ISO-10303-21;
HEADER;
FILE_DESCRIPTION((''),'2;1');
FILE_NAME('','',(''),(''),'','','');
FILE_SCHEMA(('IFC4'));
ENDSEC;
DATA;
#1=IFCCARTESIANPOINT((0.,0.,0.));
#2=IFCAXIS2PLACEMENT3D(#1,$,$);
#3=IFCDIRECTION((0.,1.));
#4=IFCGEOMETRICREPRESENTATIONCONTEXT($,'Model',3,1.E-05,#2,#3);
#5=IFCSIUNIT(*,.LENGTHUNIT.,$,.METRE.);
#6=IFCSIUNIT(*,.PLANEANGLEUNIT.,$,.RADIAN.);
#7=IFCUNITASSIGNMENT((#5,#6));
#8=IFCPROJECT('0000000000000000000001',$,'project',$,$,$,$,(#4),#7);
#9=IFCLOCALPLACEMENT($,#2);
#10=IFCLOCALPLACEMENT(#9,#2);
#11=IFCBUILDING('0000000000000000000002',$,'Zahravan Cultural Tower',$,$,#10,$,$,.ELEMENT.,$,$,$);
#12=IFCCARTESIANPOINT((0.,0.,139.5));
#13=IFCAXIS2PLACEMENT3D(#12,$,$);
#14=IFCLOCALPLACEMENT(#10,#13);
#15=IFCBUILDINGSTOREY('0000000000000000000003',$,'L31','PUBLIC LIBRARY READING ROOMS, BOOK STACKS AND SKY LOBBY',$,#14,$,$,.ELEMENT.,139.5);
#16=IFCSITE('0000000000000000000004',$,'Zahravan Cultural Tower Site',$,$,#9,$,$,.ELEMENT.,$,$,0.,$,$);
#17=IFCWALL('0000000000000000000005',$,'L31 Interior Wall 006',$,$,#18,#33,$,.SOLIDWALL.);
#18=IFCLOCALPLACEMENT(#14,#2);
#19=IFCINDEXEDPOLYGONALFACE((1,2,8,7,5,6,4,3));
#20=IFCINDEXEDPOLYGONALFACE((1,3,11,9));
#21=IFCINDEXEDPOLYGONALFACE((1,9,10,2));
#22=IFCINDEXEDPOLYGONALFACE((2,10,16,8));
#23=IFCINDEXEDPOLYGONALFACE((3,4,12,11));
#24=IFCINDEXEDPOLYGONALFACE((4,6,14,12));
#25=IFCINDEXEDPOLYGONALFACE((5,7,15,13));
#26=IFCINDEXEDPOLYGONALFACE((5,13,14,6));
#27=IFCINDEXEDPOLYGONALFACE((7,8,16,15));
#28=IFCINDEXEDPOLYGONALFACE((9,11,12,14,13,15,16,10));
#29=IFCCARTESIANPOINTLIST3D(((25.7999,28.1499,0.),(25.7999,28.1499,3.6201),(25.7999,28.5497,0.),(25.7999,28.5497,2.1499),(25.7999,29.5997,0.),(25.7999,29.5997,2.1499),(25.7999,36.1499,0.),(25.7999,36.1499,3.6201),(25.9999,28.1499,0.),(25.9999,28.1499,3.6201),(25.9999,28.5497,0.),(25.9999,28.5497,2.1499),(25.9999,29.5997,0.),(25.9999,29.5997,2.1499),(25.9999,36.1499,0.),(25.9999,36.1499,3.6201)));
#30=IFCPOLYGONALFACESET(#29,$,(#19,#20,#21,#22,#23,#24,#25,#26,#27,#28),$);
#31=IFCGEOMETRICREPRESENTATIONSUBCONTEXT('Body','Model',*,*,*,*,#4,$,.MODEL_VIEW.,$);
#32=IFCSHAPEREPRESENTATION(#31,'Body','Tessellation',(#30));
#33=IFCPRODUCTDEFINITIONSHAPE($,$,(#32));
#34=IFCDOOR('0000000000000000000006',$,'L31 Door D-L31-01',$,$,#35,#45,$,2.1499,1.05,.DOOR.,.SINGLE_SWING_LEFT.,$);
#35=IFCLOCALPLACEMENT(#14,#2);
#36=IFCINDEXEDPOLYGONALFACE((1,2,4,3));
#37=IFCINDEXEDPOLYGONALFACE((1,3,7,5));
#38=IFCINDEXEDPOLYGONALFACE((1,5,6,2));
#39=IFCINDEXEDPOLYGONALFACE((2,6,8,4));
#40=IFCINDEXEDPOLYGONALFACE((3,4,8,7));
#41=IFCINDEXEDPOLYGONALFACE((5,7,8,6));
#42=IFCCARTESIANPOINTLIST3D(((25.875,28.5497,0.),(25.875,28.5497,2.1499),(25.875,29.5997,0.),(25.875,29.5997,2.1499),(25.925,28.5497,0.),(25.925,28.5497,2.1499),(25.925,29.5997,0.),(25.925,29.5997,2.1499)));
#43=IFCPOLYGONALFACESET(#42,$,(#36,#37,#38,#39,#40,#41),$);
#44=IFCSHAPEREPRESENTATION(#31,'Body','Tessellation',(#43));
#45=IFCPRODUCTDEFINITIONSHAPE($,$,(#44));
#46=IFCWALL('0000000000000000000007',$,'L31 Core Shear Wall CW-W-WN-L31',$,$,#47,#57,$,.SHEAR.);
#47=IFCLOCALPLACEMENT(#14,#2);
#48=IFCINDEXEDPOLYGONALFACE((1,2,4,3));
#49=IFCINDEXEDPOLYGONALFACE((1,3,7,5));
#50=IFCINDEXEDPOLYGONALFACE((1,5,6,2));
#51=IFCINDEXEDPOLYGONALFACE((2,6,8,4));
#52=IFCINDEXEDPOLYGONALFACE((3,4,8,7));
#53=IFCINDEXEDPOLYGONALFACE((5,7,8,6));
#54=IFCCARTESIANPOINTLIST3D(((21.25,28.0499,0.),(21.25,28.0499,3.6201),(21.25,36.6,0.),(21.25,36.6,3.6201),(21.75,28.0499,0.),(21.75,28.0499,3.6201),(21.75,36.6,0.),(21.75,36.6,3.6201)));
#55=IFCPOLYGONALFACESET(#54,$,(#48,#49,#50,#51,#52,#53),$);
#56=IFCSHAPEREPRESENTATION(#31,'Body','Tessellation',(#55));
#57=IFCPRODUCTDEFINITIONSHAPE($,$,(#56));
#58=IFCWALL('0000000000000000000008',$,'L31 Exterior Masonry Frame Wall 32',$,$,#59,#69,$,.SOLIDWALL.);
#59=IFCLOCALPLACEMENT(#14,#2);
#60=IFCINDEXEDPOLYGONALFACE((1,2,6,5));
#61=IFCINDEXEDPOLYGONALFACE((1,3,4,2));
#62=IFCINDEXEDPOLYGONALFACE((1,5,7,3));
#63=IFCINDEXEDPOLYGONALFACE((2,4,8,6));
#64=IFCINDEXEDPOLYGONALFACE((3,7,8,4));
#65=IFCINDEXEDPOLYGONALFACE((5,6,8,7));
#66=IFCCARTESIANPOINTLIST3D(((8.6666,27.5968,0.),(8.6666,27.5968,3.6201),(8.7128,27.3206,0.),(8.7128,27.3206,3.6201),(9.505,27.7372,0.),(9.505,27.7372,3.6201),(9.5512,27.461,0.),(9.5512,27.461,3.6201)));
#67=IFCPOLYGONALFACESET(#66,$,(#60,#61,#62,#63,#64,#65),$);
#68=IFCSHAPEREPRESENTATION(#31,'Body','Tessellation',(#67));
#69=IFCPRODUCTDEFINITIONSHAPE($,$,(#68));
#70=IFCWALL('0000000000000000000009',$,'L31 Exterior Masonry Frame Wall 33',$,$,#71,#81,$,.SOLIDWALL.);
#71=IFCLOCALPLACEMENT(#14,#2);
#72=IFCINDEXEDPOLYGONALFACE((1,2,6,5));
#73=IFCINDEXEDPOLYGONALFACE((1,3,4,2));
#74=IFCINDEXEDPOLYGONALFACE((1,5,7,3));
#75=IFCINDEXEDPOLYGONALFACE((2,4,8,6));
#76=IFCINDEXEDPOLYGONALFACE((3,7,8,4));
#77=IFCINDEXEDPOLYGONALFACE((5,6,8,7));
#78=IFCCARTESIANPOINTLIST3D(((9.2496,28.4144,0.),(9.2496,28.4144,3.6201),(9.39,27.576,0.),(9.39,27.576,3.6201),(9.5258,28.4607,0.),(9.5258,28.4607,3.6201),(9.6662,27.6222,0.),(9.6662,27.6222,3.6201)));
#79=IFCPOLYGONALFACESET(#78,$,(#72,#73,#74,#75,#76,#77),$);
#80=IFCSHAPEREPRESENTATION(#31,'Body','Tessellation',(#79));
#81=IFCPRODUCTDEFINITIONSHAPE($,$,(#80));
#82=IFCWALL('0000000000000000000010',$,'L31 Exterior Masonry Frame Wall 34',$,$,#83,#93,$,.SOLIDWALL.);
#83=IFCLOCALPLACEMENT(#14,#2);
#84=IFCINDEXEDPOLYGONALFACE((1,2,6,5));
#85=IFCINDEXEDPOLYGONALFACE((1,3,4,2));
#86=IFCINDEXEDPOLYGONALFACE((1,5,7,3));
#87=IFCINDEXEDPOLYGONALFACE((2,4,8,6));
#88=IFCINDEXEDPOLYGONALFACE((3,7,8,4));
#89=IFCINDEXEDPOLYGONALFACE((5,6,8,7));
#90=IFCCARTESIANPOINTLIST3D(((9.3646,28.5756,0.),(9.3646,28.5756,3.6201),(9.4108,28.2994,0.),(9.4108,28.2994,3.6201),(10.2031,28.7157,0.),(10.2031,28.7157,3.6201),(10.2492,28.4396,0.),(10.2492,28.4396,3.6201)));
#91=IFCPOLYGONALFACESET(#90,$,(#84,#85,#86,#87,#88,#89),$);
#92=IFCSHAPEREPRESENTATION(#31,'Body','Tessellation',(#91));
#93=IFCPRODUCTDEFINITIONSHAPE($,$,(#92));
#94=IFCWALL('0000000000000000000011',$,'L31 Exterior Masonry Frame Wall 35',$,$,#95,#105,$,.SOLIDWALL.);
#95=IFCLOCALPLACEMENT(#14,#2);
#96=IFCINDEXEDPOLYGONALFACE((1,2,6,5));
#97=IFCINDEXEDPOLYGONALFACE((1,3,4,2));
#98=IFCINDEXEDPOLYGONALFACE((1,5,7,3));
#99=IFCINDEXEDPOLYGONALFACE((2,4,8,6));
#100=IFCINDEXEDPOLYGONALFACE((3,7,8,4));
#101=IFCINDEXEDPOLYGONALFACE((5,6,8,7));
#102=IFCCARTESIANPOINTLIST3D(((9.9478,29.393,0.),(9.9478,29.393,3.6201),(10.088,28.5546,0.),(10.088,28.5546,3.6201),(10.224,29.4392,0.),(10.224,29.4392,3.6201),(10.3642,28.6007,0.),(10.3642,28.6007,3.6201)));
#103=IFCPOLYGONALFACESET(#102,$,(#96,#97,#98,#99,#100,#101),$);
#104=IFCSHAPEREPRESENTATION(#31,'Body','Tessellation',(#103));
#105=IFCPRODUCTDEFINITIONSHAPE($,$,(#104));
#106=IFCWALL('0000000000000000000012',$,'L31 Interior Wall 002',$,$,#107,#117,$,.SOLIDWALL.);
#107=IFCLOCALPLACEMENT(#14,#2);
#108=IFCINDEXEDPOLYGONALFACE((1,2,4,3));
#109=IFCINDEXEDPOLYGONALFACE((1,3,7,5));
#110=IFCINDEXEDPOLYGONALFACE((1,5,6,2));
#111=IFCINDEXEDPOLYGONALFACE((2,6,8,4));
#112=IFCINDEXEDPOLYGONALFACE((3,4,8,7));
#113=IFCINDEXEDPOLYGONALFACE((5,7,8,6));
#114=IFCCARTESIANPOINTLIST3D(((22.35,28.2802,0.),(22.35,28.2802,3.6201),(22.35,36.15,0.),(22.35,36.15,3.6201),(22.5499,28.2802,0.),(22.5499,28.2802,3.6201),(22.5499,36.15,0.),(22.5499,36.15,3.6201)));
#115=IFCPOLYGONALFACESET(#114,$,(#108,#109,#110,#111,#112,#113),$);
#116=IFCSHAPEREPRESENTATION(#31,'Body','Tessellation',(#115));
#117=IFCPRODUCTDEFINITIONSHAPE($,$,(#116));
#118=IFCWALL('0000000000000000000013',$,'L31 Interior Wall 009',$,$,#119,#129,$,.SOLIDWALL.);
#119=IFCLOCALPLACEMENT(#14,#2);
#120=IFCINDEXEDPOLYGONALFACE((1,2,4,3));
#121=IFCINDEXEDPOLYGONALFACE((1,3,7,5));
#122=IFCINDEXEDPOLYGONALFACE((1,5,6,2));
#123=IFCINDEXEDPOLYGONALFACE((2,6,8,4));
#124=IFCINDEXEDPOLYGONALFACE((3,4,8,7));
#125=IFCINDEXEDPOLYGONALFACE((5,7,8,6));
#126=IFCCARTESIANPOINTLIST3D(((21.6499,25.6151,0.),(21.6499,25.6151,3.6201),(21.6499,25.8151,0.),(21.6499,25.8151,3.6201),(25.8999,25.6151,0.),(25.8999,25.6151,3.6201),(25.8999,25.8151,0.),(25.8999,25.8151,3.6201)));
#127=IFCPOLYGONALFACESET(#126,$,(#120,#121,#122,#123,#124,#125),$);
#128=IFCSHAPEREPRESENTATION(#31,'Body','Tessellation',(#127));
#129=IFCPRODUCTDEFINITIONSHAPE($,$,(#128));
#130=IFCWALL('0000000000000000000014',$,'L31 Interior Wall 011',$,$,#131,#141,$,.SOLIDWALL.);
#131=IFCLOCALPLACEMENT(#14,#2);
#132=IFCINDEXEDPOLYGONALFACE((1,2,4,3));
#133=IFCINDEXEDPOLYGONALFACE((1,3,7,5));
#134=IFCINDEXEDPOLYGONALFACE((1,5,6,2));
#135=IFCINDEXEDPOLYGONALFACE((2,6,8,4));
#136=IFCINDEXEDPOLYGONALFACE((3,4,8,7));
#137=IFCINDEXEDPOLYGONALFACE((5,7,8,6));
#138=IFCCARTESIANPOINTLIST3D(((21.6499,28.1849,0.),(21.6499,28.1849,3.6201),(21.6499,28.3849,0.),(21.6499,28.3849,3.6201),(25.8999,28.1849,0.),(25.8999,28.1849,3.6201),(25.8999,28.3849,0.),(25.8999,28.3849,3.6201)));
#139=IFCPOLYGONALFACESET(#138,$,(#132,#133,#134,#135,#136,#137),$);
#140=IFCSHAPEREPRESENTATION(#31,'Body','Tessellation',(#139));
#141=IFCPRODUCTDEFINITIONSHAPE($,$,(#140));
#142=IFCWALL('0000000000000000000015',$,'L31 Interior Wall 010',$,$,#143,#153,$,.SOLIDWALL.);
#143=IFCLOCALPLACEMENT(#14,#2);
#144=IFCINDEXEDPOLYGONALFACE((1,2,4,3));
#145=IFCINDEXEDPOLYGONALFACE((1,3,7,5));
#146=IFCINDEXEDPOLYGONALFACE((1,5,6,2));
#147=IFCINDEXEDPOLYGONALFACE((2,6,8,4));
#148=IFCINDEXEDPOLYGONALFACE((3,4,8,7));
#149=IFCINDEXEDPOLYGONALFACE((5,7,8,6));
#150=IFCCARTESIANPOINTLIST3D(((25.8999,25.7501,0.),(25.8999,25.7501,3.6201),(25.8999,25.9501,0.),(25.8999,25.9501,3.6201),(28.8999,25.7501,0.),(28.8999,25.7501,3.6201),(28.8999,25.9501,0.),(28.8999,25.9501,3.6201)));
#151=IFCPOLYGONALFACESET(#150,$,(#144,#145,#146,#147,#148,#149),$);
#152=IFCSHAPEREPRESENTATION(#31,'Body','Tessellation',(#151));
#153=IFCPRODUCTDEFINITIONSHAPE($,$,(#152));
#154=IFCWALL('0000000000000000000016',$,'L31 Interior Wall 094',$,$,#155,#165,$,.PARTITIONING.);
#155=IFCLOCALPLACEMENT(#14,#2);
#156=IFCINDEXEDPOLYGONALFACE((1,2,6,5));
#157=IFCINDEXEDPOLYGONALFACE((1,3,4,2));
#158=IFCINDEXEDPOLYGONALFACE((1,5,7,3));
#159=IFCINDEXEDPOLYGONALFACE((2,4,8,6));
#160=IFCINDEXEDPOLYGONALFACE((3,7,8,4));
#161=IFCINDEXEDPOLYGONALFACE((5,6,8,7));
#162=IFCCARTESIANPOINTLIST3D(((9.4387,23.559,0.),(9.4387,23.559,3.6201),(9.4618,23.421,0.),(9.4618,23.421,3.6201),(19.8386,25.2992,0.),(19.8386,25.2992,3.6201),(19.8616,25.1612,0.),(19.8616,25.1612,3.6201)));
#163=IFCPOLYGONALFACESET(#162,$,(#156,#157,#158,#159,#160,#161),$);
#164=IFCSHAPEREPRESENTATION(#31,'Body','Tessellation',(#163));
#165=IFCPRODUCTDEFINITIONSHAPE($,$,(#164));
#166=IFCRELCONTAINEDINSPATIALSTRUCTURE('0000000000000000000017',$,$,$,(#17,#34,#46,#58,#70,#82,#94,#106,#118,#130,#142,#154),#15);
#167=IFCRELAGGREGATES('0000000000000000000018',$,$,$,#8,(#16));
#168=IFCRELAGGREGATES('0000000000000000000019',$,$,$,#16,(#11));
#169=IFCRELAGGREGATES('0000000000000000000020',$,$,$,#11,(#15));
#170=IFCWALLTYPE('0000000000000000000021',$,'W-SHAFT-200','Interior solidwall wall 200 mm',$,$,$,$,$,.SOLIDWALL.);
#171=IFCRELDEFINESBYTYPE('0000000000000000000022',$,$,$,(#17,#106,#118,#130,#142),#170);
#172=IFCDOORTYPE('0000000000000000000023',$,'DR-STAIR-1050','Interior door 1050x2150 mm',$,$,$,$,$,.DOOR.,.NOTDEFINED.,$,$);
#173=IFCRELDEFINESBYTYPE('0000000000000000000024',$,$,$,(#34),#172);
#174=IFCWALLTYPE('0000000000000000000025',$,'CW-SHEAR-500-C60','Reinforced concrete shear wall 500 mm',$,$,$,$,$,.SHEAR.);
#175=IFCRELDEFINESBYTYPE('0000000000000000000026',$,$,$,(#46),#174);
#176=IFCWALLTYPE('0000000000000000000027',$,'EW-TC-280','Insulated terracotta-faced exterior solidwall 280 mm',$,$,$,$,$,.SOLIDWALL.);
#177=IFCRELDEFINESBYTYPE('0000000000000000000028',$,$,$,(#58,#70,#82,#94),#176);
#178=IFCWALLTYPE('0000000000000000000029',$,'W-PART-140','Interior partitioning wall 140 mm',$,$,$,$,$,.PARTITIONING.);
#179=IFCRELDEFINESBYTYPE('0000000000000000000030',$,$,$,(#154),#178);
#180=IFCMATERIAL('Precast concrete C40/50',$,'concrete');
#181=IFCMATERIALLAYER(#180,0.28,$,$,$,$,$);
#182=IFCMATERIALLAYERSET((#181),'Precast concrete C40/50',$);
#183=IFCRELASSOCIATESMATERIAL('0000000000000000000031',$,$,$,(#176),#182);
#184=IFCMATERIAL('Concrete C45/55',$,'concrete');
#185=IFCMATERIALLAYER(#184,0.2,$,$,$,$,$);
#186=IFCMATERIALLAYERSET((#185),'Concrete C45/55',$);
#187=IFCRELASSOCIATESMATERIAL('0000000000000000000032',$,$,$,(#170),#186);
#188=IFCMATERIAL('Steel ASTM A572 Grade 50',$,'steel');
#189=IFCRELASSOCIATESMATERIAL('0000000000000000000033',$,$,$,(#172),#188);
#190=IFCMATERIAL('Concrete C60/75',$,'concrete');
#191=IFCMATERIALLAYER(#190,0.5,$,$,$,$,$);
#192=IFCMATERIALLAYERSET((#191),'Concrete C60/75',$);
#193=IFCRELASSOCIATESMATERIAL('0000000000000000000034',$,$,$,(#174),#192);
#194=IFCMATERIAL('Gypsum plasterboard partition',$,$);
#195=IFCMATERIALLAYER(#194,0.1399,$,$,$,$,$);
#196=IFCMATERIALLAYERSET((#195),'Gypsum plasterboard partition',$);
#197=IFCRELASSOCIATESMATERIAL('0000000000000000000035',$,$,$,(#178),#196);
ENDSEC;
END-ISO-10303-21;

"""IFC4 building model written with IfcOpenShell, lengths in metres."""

from ifc_helpers import new_model, si_unit, direction, frame, frame_2d, origin, place, context, subcontext, project, spatial, rectangle, extrude, source, transform, mapped, material, layer, layer_set, type_object, element, fill, save


model = new_model("IFC4")

# Units and contexts
model_context = context("Model", 3, precision=1e-05, world=origin(), true_north=direction((0.0, 1.0)))
body_context = subcontext(model_context, "Body", "Model", "MODEL_VIEW")
ifc_project = project(units=[si_unit("LENGTHUNIT", "METRE"), si_unit("PLANEANGLEUNIT", "RADIAN")], contexts=[model_context])

# Site, building, storey
site_placement = place(None, origin())
site = spatial("IfcSite", under=ifc_project, at=site_placement, Name="Zahravan Cultural Tower Site", CompositionType="ELEMENT", RefElevation=0.0)
building_placement = place(site_placement, origin())
building = spatial("IfcBuilding", under=site, at=building_placement, Name="Zahravan Cultural Tower", CompositionType="ELEMENT")
storey_placement = place(building_placement, frame((0.0, 0.0, 139.5)))
storey = spatial("IfcBuildingStorey", under=building, at=storey_placement, Name="L31", Description="PUBLIC LIBRARY READING ROOMS, BOOK STACKS AND SKY LOBBY", CompositionType="ELEMENT", Elevation=139.5)

# Shared definitions
ifc_material_1 = material(Name="Precast concrete C40/50", Category="concrete")
ifc_layer_1 = layer(ifc_material_1, 0.28)
ifc_layer_set_1 = layer_set([ifc_layer_1], Name="Precast concrete C40/50")
wall_type_1 = type_object("IfcWallType", Name="EW-TC-280", Description="Insulated terracotta-faced exterior solidwall 280 mm", PredefinedType="SOLIDWALL", material=ifc_layer_set_1)

# Wall, opening, door
ifc_material_2 = material(Name="Concrete C45/55", Category="concrete")
ifc_layer_2 = layer(ifc_material_2, 0.2)
ifc_layer_set_2 = layer_set([ifc_layer_2], Name="Concrete C45/55")
wall_type_2 = type_object("IfcWallType", Name="W-SHAFT-200", Description="Interior solidwall wall 200 mm", PredefinedType="SOLIDWALL", material=ifc_layer_set_2)
wall_1_placement = place(storey_placement, frame((25.8999, 28.1499, 0.0), z_axis=(0.0, 0.0, 1.0), x_axis=(0.0, 1.0, 0.0)))
wall_1 = element("IfcWall", 1, at=wall_1_placement, inside=storey, type_object=wall_type_2, Name="L31 Interior Wall 006", PredefinedType="SOLIDWALL", context=body_context, shape_type="SweptSolid", body=[
    extrude(rectangle(XDim=8.0, YDim=0.2, at=frame_2d((4.0, 0.0))), origin(), (0.0, 0.0, 1.0), 3.6201),
])
opening_1_placement = place(wall_1_placement, frame((0.3999, 0.0, 0.0)))
opening_1 = element("IfcOpeningElement", 2, at=opening_1_placement, cuts=wall_1, PredefinedType="OPENING", context=body_context, shape_type="SweptSolid", body=[
    extrude(rectangle(XDim=1.05, YDim=2.1499, at=frame_2d((0.5249, 1.075))), frame((0.0, 0.1099, 0.0), z_axis=(0.0, -1.0, 0.0), x_axis=(1.0, 0.0, 0.0)), (0.0, 0.0, 1.0), 0.22),
])
ifc_material_3 = material(Name="Steel ASTM A572 Grade 50", Category="steel")
door_type = type_object("IfcDoorType", Name="DR-STAIR-1050", Description="Interior door 1050x2150 mm", OperationType="NOTDEFINED", PredefinedType="DOOR", material=ifc_material_3)
shared_shape_1 = source(origin(), body_context, "Body", "SweptSolid", [
    extrude(rectangle(XDim=1.05, YDim=2.1499, at=frame_2d((0.5249, 1.075))), frame((0.0, 0.0249, 0.0), z_axis=(0.0, -1.0, 0.0), x_axis=(1.0, 0.0, 0.0)), (0.0, 0.0, 1.0), 0.05),
])
door_placement = place(opening_1_placement, origin())
door = element("IfcDoor", 3, at=door_placement, inside=storey, type_object=door_type, Name="L31 Door D-L31-01", OperationType="SINGLE_SWING_LEFT", OverallHeight=2.1499, OverallWidth=1.05, PredefinedType="DOOR", context=body_context, shape_type="MappedRepresentation", body=[
    mapped(shared_shape_1, transform((0.0, 0.0, 0.0), x_axis=(1.0, 0.0, 0.0), y_axis=(0.0, 1.0, 0.0), z_axis=(0.0, 0.0, 1.0), scale=1.0)),
])
fill(opening_1, door)

# Walls
ifc_material_4 = material(Name="Concrete C60/75", Category="concrete")
ifc_layer_3 = layer(ifc_material_4, 0.5)
ifc_layer_set_3 = layer_set([ifc_layer_3], Name="Concrete C60/75")
wall_type_3 = type_object("IfcWallType", Name="CW-SHEAR-500-C60", Description="Reinforced concrete shear wall 500 mm", PredefinedType="SHEAR", material=ifc_layer_set_3)
shared_shape_2 = source(origin(), body_context, "Body", "SweptSolid", [
    extrude(rectangle(XDim=8.55, YDim=0.5, at=frame_2d((4.2749, 0.0))), origin(), (0.0, 0.0, 1.0), 3.6201),
])
wall_2_placement = place(storey_placement, frame((21.5, 28.05, 0.0), z_axis=(0.0, 0.0, 1.0), x_axis=(0.0, 1.0, 0.0)))
element("IfcWall", 4, at=wall_2_placement, inside=storey, type_object=wall_type_3, Name="L31 Core Shear Wall CW-W-WN-L31", PredefinedType="SHEAR", context=body_context, shape_type="MappedRepresentation", body=[
    mapped(shared_shape_2, transform((0.0, 0.0, 0.0), x_axis=(1.0, 0.0, 0.0), y_axis=(0.0, 1.0, 0.0), z_axis=(0.0, 0.0, 1.0), scale=1.0)),
])
shared_shape_3 = source(origin(), body_context, "Body", "SweptSolid", [
    extrude(rectangle(XDim=0.8501, YDim=0.28, at=frame_2d((0.425, 0.0))), origin(), (0.0, 0.0, 1.0), 3.6201),
])
for number, where, z_axis, x_axis, name in (
    (5, (8.6897, 27.4587, 0.0), (0.0, 0.0, 1.0), (0.986269, 0.165144, 0.0), "L31 Exterior Masonry Frame Wall 32"),
    (6, (9.5281, 27.5991, 0.0), (0.0, 0.0, 1.0), (-0.165144, 0.986269, 0.0), "L31 Exterior Masonry Frame Wall 33"),
    (7, (9.3877, 28.4375, 0.0), (0.0, 0.0, 1.0), (0.986316, 0.164865, 0.0), "L31 Exterior Masonry Frame Wall 34"),
    (8, (10.2261, 28.5776, 0.0), (0.0, 0.0, 1.0), (-0.164865, 0.986316, 0.0), "L31 Exterior Masonry Frame Wall 35"),
):
    element("IfcWall", number, at=place(storey_placement, frame(where, z_axis=z_axis, x_axis=x_axis)), inside=storey, type_object=wall_type_1, Name=name, PredefinedType="SOLIDWALL", context=body_context, shape_type="MappedRepresentation", body=[
        mapped(shared_shape_3, transform((0.0, 0.0, 0.0), x_axis=(1.0, 0.0, 0.0), y_axis=(0.0, 1.0, 0.0), z_axis=(0.0, 0.0, 1.0), scale=1.0)),
    ])
shared_shape_4 = source(origin(), body_context, "Body", "SweptSolid", [
    extrude(rectangle(XDim=7.8699, YDim=0.2, at=frame_2d((3.9351, 0.0))), origin(), (0.0, 0.0, 1.0), 3.6201),
])
wall_3_placement = place(storey_placement, frame((22.45, 28.28, 0.0), z_axis=(0.0, 0.0, 1.0), x_axis=(0.0, 1.0, 0.0)))
element("IfcWall", 9, at=wall_3_placement, inside=storey, type_object=wall_type_2, Name="L31 Interior Wall 002", PredefinedType="SOLIDWALL", context=body_context, shape_type="MappedRepresentation", body=[
    mapped(shared_shape_4, transform((0.0, 0.0, 0.0), x_axis=(1.0, 0.0, 0.0), y_axis=(0.0, 1.0, 0.0), z_axis=(0.0, 0.0, 1.0), scale=1.0)),
])
shared_shape_5 = source(origin(), body_context, "Body", "SweptSolid", [
    extrude(rectangle(XDim=4.25, YDim=0.2, at=frame_2d((2.125, 0.0))), origin(), (0.0, 0.0, 1.0), 3.6201),
])
for number, where, z_axis, x_axis, name in (
    (10, (21.6499, 25.7151, 0.0), (0.0, 0.0, 1.0), (1.0, 0.0, 0.0), "L31 Interior Wall 009"),
    (11, (21.6499, 28.2849, 0.0), (0.0, 0.0, 1.0), (1.0, 0.0, 0.0), "L31 Interior Wall 011"),
):
    element("IfcWall", number, at=place(storey_placement, frame(where, z_axis=z_axis, x_axis=x_axis)), inside=storey, type_object=wall_type_2, Name=name, PredefinedType="SOLIDWALL", context=body_context, shape_type="MappedRepresentation", body=[
        mapped(shared_shape_5, transform((0.0, 0.0, 0.0), x_axis=(1.0, 0.0, 0.0), y_axis=(0.0, 1.0, 0.0), z_axis=(0.0, 0.0, 1.0), scale=1.0)),
    ])
shared_shape_6 = source(origin(), body_context, "Body", "SweptSolid", [
    extrude(rectangle(XDim=3.0, YDim=0.2, at=frame_2d((1.5, 0.0))), origin(), (0.0, 0.0, 1.0), 3.6201),
])
wall_4_placement = place(storey_placement, frame((25.8999, 25.8501, 0.0), z_axis=(0.0, 0.0, 1.0), x_axis=(1.0, 0.0, 0.0)))
element("IfcWall", 12, at=wall_4_placement, inside=storey, type_object=wall_type_2, Name="L31 Interior Wall 010", PredefinedType="SOLIDWALL", context=body_context, shape_type="MappedRepresentation", body=[
    mapped(shared_shape_6, transform((0.0, 0.0, 0.0), x_axis=(1.0, 0.0, 0.0), y_axis=(0.0, 1.0, 0.0), z_axis=(0.0, 0.0, 1.0), scale=1.0)),
])
ifc_material_5 = material(Name="Gypsum plasterboard partition")
ifc_layer_4 = layer(ifc_material_5, 0.1399)
ifc_layer_set_4 = layer_set([ifc_layer_4], Name="Gypsum plasterboard partition")
wall_type_4 = type_object("IfcWallType", Name="W-PART-140", Description="Interior partitioning wall 140 mm", PredefinedType="PARTITIONING", material=ifc_layer_set_4)
shared_shape_7 = source(origin(), body_context, "Body", "SweptSolid", [
    extrude(rectangle(XDim=10.5444, YDim=0.1399, at=frame_2d((5.2722, 0.0))), origin(), (0.0, 0.0, 1.0), 3.6201),
])
wall_5_placement = place(storey_placement, frame((19.8501, 25.2302, 0.0), z_axis=(0.0, 0.0, 1.0), x_axis=(-0.986287, -0.165037, 0.0)))
element("IfcWall", 13, at=wall_5_placement, inside=storey, type_object=wall_type_4, Name="L31 Interior Wall 094", PredefinedType="PARTITIONING", context=body_context, shape_type="MappedRepresentation", body=[
    mapped(shared_shape_7, transform((0.0, 0.0, 0.0), x_axis=(1.0, 0.0, 0.0), y_axis=(0.0, 1.0, 0.0), z_axis=(0.0, 0.0, 1.0), scale=1.0)),
])

save(model, "model.ifc")
